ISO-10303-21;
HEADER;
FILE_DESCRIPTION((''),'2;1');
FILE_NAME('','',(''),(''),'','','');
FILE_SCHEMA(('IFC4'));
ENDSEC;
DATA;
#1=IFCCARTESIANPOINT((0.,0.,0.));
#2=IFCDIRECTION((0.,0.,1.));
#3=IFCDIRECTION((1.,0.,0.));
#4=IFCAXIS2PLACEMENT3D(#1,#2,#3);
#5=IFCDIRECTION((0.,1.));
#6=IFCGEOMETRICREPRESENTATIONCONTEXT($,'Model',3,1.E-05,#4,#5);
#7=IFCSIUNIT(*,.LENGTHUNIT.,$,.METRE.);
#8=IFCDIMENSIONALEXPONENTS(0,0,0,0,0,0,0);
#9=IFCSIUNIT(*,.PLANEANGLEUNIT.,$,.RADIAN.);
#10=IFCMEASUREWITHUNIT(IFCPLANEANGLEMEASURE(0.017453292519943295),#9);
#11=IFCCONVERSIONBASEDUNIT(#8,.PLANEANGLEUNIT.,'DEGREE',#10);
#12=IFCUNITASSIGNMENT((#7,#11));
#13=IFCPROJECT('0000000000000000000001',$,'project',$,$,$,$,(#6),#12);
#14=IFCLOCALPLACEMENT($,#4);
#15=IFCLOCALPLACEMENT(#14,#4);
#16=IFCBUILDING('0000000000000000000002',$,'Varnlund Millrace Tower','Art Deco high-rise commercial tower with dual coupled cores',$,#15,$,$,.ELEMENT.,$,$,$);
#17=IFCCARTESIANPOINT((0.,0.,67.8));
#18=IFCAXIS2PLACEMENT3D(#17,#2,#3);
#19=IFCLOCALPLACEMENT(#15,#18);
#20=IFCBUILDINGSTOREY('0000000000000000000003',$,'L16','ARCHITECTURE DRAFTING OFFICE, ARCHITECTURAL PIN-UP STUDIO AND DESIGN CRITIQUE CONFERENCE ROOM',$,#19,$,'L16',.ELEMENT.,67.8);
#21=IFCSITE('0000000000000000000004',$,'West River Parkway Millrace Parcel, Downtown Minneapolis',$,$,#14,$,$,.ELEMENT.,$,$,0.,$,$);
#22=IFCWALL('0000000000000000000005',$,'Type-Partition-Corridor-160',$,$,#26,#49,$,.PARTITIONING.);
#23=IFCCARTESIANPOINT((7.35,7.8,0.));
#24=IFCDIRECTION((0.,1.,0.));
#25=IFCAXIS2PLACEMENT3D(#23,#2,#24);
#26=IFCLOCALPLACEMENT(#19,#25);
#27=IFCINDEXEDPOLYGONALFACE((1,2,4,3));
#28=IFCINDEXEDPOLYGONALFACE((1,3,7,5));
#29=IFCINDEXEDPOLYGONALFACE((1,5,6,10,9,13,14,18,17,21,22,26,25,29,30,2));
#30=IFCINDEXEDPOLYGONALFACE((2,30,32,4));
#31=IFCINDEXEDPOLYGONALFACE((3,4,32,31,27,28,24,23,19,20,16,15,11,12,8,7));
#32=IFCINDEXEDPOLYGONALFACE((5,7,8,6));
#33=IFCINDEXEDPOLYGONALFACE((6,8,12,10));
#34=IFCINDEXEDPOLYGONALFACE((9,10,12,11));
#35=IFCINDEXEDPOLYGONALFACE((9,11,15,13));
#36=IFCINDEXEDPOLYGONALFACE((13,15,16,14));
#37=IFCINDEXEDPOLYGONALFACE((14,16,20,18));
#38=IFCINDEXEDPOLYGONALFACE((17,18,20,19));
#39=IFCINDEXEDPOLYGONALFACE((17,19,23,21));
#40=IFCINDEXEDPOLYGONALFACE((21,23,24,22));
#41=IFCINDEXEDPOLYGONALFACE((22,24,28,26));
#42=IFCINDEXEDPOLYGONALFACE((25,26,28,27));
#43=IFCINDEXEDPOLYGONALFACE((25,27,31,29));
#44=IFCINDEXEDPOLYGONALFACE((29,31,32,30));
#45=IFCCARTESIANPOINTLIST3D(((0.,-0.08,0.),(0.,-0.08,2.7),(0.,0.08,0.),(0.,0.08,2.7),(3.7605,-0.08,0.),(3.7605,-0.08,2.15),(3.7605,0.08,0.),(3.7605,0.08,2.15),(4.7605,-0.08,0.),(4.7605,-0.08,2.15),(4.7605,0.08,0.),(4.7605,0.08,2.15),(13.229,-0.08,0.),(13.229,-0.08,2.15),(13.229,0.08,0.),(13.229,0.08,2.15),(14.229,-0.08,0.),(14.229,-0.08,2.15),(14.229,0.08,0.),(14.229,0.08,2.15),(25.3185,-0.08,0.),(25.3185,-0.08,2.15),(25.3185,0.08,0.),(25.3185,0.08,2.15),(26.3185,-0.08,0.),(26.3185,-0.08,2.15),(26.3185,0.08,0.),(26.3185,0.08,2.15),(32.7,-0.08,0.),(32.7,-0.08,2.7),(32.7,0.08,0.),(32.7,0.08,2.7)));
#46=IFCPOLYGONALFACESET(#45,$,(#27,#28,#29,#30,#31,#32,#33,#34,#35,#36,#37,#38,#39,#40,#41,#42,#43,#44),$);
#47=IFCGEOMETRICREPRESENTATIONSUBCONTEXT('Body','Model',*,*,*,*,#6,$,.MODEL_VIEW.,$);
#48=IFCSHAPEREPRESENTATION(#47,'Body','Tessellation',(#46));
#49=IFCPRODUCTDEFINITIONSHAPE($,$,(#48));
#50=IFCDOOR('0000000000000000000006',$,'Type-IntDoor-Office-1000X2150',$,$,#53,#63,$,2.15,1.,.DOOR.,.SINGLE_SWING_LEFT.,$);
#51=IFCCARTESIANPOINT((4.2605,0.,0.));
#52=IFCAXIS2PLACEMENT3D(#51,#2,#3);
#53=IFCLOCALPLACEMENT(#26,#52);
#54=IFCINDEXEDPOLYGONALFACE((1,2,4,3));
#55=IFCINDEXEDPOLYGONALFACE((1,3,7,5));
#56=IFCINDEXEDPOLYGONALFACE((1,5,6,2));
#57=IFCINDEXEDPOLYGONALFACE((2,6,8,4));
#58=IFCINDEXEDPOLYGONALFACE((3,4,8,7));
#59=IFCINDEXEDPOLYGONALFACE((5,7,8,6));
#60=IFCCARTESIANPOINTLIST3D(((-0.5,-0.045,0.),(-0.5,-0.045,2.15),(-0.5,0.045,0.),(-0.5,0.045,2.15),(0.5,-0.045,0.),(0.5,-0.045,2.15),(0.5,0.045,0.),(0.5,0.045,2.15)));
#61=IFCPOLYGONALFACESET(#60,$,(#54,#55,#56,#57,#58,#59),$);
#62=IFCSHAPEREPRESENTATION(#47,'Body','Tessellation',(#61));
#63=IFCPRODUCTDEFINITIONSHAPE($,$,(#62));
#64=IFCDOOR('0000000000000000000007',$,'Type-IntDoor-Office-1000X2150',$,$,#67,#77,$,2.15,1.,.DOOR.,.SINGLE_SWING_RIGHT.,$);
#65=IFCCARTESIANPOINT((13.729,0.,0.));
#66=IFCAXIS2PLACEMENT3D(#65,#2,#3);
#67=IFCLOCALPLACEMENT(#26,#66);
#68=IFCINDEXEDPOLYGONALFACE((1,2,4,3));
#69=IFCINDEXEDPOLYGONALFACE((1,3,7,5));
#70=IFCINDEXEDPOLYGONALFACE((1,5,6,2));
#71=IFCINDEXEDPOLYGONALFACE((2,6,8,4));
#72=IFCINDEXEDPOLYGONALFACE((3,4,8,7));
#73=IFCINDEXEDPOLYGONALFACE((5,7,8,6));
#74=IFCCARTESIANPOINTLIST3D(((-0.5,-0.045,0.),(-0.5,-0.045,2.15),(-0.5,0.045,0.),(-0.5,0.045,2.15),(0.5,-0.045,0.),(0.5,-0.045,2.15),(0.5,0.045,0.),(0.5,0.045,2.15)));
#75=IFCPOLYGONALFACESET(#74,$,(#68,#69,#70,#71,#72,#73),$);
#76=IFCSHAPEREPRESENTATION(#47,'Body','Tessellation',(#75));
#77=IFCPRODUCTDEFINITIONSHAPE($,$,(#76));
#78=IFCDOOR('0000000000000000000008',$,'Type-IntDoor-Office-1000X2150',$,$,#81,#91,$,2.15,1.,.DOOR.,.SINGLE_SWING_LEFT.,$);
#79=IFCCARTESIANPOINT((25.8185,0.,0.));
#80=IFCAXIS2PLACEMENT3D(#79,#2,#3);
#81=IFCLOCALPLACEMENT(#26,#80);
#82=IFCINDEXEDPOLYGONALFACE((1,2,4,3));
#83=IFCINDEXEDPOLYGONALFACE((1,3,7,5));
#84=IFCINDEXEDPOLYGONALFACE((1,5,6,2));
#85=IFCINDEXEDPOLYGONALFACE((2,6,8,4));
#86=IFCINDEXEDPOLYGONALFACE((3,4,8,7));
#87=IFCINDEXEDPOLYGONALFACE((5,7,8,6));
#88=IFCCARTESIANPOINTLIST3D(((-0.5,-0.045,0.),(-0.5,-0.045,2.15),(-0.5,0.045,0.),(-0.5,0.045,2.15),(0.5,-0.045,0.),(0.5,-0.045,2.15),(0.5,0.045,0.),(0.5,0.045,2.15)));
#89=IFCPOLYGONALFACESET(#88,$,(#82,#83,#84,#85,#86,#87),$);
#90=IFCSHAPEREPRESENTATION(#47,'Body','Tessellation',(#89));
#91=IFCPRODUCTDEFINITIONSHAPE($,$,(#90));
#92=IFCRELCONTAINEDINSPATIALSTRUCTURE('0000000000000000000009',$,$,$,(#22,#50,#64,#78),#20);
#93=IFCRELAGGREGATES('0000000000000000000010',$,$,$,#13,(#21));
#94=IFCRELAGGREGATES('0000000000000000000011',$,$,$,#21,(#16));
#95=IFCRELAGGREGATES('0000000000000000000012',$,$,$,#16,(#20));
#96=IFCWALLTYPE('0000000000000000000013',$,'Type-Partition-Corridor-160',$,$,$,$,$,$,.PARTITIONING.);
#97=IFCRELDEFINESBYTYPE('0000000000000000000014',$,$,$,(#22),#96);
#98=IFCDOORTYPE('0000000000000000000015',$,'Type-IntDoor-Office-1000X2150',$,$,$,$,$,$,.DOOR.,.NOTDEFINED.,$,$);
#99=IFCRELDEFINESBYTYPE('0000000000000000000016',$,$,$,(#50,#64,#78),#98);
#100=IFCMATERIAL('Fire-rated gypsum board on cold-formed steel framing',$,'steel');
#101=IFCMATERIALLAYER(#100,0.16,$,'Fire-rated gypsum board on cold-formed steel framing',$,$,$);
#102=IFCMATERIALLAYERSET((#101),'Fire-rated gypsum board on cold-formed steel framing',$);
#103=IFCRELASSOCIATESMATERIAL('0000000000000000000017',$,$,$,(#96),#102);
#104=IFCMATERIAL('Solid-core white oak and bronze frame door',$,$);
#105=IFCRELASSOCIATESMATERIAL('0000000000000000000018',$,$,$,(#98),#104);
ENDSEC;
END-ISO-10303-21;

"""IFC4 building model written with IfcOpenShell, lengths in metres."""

from ifc_helpers import new_model, entity, si_unit, converted_unit, direction, frame, origin_with_axes, origin_2d_with_axis, place, context, subcontext, project, spatial, polyline, rectangle, outline, extrude, material, layer, layer_set, type_object, element, fill, save


model = new_model("IFC4")

# Units and contexts
model_context = context("Model", 3, precision=1e-05, world=origin_with_axes(), true_north=direction((0.0, 1.0)))
body_context = subcontext(model_context, "Body", "Model", "MODEL_VIEW")
ifc_project = project(units=[si_unit("LENGTHUNIT", "METRE"), converted_unit("PLANEANGLEUNIT", "DEGREE", entity("IfcPlaneAngleMeasure", 0.017453292519943295), si_unit("PLANEANGLEUNIT", "RADIAN"), dimensions=[0, 0, 0, 0, 0, 0, 0])], contexts=[model_context])

# Site, building, storey
site_placement = place(None, origin_with_axes())
site = spatial("IfcSite", under=ifc_project, at=site_placement, Name="West River Parkway Millrace Parcel, Downtown Minneapolis", CompositionType="ELEMENT", RefElevation=0.0)
building_placement = place(site_placement, origin_with_axes())
building = spatial("IfcBuilding", under=site, at=building_placement, Name="Varnlund Millrace Tower", Description="Art Deco high-rise commercial tower with dual coupled cores", CompositionType="ELEMENT")
storey_placement = place(building_placement, frame((0.0, 0.0, 67.8), z_axis=(0.0, 0.0, 1.0), x_axis=(1.0, 0.0, 0.0)))
storey = spatial("IfcBuildingStorey", under=building, at=storey_placement, Name="L16", Description="ARCHITECTURE DRAFTING OFFICE, ARCHITECTURAL PIN-UP STUDIO AND DESIGN CRITIQUE CONFERENCE ROOM", LongName="L16", CompositionType="ELEMENT", Elevation=67.8)

# Wall, openings, doors
ifc_material_1 = material(Name="Fire-rated gypsum board on cold-formed steel framing", Category="steel")
ifc_layer_1 = layer(ifc_material_1, 0.16, Name="Fire-rated gypsum board on cold-formed steel framing")
ifc_layer_set_1 = layer_set([ifc_layer_1], Name="Fire-rated gypsum board on cold-formed steel framing")
wall_type_1 = type_object("IfcWallType", Name="Type-Partition-Corridor-160", PredefinedType="PARTITIONING", material=ifc_layer_set_1)
ifc_material_2 = material(Name="Solid-core white oak and bronze frame door")
door_type = type_object("IfcDoorType", Name="Type-IntDoor-Office-1000X2150", OperationType="NOTDEFINED", PredefinedType="DOOR", material=ifc_material_2)
wall_1_placement = place(storey_placement, frame((7.35, 7.8, 0.0), z_axis=(0.0, 0.0, 1.0), x_axis=(0.0, 1.0, 0.0)))
wall_1 = element("IfcWall", 1, at=wall_1_placement, inside=storey, type_object=wall_type_1, Name="Type-Partition-Corridor-160", PredefinedType="PARTITIONING", context=body_context, shape_type="SweptSolid", body=[
    extrude(outline(polyline([(0.0, -0.08), (32.7, -0.08), (32.7, 0.08), (0.0, 0.08), (0.0, -0.08)])), origin_with_axes(), (0.0, 0.0, 1.0), 2.7),
])
opening_1_placement = place(wall_1_placement, frame((4.2605, 0.0, 0.0), z_axis=(0.0, 0.0, 1.0), x_axis=(1.0, 0.0, 0.0)))
opening_1 = element("IfcOpeningElement", 2, at=opening_1_placement, cuts=wall_1, PredefinedType="OPENING", context=body_context, shape_type="SweptSolid", body=[
    extrude(rectangle(XDim=1.0, YDim=0.18, at=origin_2d_with_axis()), origin_with_axes(), (0.0, 0.0, 1.0), 2.15),
])
opening_2_placement = place(wall_1_placement, frame((13.729, 0.0, 0.0), z_axis=(0.0, 0.0, 1.0), x_axis=(1.0, 0.0, 0.0)))
opening_2 = element("IfcOpeningElement", 3, at=opening_2_placement, cuts=wall_1, PredefinedType="OPENING", context=body_context, shape_type="SweptSolid", body=[
    extrude(rectangle(XDim=1.0, YDim=0.18, at=origin_2d_with_axis()), origin_with_axes(), (0.0, 0.0, 1.0), 2.15),
])
opening_3_placement = place(wall_1_placement, frame((25.8185, 0.0, 0.0), z_axis=(0.0, 0.0, 1.0), x_axis=(1.0, 0.0, 0.0)))
opening_3 = element("IfcOpeningElement", 4, at=opening_3_placement, cuts=wall_1, PredefinedType="OPENING", context=body_context, shape_type="SweptSolid", body=[
    extrude(rectangle(XDim=1.0, YDim=0.18, at=origin_2d_with_axis()), origin_with_axes(), (0.0, 0.0, 1.0), 2.15),
])
door_1_placement = place(wall_1_placement, frame((4.2605, 0.0, 0.0), z_axis=(0.0, 0.0, 1.0), x_axis=(1.0, 0.0, 0.0)))
door_1 = element("IfcDoor", 5, at=door_1_placement, inside=storey, type_object=door_type, Name="Type-IntDoor-Office-1000X2150", OperationType="SINGLE_SWING_LEFT", OverallHeight=2.15, OverallWidth=1.0, PredefinedType="DOOR", context=body_context, shape_type="SweptSolid", body=[
    extrude(rectangle(XDim=1.0, YDim=0.09, at=origin_2d_with_axis()), origin_with_axes(), (0.0, 0.0, 1.0), 2.15),
])
fill(opening_1, door_1)
door_2_placement = place(wall_1_placement, frame((13.729, 0.0, 0.0), z_axis=(0.0, 0.0, 1.0), x_axis=(1.0, 0.0, 0.0)))
door_2 = element("IfcDoor", 6, at=door_2_placement, inside=storey, type_object=door_type, Name="Type-IntDoor-Office-1000X2150", OperationType="SINGLE_SWING_RIGHT", OverallHeight=2.15, OverallWidth=1.0, PredefinedType="DOOR", context=body_context, shape_type="SweptSolid", body=[
    extrude(rectangle(XDim=1.0, YDim=0.09, at=origin_2d_with_axis()), origin_with_axes(), (0.0, 0.0, 1.0), 2.15),
])
fill(opening_2, door_2)
door_3_placement = place(wall_1_placement, frame((25.8185, 0.0, 0.0), z_axis=(0.0, 0.0, 1.0), x_axis=(1.0, 0.0, 0.0)))
door_3 = element("IfcDoor", 7, at=door_3_placement, inside=storey, type_object=door_type, Name="Type-IntDoor-Office-1000X2150", OperationType="SINGLE_SWING_LEFT", OverallHeight=2.15, OverallWidth=1.0, PredefinedType="DOOR", context=body_context, shape_type="SweptSolid", body=[
    extrude(rectangle(XDim=1.0, YDim=0.09, at=origin_2d_with_axis()), origin_with_axes(), (0.0, 0.0, 1.0), 2.15),
])
fill(opening_3, door_3)

save(model, "model.ifc")
